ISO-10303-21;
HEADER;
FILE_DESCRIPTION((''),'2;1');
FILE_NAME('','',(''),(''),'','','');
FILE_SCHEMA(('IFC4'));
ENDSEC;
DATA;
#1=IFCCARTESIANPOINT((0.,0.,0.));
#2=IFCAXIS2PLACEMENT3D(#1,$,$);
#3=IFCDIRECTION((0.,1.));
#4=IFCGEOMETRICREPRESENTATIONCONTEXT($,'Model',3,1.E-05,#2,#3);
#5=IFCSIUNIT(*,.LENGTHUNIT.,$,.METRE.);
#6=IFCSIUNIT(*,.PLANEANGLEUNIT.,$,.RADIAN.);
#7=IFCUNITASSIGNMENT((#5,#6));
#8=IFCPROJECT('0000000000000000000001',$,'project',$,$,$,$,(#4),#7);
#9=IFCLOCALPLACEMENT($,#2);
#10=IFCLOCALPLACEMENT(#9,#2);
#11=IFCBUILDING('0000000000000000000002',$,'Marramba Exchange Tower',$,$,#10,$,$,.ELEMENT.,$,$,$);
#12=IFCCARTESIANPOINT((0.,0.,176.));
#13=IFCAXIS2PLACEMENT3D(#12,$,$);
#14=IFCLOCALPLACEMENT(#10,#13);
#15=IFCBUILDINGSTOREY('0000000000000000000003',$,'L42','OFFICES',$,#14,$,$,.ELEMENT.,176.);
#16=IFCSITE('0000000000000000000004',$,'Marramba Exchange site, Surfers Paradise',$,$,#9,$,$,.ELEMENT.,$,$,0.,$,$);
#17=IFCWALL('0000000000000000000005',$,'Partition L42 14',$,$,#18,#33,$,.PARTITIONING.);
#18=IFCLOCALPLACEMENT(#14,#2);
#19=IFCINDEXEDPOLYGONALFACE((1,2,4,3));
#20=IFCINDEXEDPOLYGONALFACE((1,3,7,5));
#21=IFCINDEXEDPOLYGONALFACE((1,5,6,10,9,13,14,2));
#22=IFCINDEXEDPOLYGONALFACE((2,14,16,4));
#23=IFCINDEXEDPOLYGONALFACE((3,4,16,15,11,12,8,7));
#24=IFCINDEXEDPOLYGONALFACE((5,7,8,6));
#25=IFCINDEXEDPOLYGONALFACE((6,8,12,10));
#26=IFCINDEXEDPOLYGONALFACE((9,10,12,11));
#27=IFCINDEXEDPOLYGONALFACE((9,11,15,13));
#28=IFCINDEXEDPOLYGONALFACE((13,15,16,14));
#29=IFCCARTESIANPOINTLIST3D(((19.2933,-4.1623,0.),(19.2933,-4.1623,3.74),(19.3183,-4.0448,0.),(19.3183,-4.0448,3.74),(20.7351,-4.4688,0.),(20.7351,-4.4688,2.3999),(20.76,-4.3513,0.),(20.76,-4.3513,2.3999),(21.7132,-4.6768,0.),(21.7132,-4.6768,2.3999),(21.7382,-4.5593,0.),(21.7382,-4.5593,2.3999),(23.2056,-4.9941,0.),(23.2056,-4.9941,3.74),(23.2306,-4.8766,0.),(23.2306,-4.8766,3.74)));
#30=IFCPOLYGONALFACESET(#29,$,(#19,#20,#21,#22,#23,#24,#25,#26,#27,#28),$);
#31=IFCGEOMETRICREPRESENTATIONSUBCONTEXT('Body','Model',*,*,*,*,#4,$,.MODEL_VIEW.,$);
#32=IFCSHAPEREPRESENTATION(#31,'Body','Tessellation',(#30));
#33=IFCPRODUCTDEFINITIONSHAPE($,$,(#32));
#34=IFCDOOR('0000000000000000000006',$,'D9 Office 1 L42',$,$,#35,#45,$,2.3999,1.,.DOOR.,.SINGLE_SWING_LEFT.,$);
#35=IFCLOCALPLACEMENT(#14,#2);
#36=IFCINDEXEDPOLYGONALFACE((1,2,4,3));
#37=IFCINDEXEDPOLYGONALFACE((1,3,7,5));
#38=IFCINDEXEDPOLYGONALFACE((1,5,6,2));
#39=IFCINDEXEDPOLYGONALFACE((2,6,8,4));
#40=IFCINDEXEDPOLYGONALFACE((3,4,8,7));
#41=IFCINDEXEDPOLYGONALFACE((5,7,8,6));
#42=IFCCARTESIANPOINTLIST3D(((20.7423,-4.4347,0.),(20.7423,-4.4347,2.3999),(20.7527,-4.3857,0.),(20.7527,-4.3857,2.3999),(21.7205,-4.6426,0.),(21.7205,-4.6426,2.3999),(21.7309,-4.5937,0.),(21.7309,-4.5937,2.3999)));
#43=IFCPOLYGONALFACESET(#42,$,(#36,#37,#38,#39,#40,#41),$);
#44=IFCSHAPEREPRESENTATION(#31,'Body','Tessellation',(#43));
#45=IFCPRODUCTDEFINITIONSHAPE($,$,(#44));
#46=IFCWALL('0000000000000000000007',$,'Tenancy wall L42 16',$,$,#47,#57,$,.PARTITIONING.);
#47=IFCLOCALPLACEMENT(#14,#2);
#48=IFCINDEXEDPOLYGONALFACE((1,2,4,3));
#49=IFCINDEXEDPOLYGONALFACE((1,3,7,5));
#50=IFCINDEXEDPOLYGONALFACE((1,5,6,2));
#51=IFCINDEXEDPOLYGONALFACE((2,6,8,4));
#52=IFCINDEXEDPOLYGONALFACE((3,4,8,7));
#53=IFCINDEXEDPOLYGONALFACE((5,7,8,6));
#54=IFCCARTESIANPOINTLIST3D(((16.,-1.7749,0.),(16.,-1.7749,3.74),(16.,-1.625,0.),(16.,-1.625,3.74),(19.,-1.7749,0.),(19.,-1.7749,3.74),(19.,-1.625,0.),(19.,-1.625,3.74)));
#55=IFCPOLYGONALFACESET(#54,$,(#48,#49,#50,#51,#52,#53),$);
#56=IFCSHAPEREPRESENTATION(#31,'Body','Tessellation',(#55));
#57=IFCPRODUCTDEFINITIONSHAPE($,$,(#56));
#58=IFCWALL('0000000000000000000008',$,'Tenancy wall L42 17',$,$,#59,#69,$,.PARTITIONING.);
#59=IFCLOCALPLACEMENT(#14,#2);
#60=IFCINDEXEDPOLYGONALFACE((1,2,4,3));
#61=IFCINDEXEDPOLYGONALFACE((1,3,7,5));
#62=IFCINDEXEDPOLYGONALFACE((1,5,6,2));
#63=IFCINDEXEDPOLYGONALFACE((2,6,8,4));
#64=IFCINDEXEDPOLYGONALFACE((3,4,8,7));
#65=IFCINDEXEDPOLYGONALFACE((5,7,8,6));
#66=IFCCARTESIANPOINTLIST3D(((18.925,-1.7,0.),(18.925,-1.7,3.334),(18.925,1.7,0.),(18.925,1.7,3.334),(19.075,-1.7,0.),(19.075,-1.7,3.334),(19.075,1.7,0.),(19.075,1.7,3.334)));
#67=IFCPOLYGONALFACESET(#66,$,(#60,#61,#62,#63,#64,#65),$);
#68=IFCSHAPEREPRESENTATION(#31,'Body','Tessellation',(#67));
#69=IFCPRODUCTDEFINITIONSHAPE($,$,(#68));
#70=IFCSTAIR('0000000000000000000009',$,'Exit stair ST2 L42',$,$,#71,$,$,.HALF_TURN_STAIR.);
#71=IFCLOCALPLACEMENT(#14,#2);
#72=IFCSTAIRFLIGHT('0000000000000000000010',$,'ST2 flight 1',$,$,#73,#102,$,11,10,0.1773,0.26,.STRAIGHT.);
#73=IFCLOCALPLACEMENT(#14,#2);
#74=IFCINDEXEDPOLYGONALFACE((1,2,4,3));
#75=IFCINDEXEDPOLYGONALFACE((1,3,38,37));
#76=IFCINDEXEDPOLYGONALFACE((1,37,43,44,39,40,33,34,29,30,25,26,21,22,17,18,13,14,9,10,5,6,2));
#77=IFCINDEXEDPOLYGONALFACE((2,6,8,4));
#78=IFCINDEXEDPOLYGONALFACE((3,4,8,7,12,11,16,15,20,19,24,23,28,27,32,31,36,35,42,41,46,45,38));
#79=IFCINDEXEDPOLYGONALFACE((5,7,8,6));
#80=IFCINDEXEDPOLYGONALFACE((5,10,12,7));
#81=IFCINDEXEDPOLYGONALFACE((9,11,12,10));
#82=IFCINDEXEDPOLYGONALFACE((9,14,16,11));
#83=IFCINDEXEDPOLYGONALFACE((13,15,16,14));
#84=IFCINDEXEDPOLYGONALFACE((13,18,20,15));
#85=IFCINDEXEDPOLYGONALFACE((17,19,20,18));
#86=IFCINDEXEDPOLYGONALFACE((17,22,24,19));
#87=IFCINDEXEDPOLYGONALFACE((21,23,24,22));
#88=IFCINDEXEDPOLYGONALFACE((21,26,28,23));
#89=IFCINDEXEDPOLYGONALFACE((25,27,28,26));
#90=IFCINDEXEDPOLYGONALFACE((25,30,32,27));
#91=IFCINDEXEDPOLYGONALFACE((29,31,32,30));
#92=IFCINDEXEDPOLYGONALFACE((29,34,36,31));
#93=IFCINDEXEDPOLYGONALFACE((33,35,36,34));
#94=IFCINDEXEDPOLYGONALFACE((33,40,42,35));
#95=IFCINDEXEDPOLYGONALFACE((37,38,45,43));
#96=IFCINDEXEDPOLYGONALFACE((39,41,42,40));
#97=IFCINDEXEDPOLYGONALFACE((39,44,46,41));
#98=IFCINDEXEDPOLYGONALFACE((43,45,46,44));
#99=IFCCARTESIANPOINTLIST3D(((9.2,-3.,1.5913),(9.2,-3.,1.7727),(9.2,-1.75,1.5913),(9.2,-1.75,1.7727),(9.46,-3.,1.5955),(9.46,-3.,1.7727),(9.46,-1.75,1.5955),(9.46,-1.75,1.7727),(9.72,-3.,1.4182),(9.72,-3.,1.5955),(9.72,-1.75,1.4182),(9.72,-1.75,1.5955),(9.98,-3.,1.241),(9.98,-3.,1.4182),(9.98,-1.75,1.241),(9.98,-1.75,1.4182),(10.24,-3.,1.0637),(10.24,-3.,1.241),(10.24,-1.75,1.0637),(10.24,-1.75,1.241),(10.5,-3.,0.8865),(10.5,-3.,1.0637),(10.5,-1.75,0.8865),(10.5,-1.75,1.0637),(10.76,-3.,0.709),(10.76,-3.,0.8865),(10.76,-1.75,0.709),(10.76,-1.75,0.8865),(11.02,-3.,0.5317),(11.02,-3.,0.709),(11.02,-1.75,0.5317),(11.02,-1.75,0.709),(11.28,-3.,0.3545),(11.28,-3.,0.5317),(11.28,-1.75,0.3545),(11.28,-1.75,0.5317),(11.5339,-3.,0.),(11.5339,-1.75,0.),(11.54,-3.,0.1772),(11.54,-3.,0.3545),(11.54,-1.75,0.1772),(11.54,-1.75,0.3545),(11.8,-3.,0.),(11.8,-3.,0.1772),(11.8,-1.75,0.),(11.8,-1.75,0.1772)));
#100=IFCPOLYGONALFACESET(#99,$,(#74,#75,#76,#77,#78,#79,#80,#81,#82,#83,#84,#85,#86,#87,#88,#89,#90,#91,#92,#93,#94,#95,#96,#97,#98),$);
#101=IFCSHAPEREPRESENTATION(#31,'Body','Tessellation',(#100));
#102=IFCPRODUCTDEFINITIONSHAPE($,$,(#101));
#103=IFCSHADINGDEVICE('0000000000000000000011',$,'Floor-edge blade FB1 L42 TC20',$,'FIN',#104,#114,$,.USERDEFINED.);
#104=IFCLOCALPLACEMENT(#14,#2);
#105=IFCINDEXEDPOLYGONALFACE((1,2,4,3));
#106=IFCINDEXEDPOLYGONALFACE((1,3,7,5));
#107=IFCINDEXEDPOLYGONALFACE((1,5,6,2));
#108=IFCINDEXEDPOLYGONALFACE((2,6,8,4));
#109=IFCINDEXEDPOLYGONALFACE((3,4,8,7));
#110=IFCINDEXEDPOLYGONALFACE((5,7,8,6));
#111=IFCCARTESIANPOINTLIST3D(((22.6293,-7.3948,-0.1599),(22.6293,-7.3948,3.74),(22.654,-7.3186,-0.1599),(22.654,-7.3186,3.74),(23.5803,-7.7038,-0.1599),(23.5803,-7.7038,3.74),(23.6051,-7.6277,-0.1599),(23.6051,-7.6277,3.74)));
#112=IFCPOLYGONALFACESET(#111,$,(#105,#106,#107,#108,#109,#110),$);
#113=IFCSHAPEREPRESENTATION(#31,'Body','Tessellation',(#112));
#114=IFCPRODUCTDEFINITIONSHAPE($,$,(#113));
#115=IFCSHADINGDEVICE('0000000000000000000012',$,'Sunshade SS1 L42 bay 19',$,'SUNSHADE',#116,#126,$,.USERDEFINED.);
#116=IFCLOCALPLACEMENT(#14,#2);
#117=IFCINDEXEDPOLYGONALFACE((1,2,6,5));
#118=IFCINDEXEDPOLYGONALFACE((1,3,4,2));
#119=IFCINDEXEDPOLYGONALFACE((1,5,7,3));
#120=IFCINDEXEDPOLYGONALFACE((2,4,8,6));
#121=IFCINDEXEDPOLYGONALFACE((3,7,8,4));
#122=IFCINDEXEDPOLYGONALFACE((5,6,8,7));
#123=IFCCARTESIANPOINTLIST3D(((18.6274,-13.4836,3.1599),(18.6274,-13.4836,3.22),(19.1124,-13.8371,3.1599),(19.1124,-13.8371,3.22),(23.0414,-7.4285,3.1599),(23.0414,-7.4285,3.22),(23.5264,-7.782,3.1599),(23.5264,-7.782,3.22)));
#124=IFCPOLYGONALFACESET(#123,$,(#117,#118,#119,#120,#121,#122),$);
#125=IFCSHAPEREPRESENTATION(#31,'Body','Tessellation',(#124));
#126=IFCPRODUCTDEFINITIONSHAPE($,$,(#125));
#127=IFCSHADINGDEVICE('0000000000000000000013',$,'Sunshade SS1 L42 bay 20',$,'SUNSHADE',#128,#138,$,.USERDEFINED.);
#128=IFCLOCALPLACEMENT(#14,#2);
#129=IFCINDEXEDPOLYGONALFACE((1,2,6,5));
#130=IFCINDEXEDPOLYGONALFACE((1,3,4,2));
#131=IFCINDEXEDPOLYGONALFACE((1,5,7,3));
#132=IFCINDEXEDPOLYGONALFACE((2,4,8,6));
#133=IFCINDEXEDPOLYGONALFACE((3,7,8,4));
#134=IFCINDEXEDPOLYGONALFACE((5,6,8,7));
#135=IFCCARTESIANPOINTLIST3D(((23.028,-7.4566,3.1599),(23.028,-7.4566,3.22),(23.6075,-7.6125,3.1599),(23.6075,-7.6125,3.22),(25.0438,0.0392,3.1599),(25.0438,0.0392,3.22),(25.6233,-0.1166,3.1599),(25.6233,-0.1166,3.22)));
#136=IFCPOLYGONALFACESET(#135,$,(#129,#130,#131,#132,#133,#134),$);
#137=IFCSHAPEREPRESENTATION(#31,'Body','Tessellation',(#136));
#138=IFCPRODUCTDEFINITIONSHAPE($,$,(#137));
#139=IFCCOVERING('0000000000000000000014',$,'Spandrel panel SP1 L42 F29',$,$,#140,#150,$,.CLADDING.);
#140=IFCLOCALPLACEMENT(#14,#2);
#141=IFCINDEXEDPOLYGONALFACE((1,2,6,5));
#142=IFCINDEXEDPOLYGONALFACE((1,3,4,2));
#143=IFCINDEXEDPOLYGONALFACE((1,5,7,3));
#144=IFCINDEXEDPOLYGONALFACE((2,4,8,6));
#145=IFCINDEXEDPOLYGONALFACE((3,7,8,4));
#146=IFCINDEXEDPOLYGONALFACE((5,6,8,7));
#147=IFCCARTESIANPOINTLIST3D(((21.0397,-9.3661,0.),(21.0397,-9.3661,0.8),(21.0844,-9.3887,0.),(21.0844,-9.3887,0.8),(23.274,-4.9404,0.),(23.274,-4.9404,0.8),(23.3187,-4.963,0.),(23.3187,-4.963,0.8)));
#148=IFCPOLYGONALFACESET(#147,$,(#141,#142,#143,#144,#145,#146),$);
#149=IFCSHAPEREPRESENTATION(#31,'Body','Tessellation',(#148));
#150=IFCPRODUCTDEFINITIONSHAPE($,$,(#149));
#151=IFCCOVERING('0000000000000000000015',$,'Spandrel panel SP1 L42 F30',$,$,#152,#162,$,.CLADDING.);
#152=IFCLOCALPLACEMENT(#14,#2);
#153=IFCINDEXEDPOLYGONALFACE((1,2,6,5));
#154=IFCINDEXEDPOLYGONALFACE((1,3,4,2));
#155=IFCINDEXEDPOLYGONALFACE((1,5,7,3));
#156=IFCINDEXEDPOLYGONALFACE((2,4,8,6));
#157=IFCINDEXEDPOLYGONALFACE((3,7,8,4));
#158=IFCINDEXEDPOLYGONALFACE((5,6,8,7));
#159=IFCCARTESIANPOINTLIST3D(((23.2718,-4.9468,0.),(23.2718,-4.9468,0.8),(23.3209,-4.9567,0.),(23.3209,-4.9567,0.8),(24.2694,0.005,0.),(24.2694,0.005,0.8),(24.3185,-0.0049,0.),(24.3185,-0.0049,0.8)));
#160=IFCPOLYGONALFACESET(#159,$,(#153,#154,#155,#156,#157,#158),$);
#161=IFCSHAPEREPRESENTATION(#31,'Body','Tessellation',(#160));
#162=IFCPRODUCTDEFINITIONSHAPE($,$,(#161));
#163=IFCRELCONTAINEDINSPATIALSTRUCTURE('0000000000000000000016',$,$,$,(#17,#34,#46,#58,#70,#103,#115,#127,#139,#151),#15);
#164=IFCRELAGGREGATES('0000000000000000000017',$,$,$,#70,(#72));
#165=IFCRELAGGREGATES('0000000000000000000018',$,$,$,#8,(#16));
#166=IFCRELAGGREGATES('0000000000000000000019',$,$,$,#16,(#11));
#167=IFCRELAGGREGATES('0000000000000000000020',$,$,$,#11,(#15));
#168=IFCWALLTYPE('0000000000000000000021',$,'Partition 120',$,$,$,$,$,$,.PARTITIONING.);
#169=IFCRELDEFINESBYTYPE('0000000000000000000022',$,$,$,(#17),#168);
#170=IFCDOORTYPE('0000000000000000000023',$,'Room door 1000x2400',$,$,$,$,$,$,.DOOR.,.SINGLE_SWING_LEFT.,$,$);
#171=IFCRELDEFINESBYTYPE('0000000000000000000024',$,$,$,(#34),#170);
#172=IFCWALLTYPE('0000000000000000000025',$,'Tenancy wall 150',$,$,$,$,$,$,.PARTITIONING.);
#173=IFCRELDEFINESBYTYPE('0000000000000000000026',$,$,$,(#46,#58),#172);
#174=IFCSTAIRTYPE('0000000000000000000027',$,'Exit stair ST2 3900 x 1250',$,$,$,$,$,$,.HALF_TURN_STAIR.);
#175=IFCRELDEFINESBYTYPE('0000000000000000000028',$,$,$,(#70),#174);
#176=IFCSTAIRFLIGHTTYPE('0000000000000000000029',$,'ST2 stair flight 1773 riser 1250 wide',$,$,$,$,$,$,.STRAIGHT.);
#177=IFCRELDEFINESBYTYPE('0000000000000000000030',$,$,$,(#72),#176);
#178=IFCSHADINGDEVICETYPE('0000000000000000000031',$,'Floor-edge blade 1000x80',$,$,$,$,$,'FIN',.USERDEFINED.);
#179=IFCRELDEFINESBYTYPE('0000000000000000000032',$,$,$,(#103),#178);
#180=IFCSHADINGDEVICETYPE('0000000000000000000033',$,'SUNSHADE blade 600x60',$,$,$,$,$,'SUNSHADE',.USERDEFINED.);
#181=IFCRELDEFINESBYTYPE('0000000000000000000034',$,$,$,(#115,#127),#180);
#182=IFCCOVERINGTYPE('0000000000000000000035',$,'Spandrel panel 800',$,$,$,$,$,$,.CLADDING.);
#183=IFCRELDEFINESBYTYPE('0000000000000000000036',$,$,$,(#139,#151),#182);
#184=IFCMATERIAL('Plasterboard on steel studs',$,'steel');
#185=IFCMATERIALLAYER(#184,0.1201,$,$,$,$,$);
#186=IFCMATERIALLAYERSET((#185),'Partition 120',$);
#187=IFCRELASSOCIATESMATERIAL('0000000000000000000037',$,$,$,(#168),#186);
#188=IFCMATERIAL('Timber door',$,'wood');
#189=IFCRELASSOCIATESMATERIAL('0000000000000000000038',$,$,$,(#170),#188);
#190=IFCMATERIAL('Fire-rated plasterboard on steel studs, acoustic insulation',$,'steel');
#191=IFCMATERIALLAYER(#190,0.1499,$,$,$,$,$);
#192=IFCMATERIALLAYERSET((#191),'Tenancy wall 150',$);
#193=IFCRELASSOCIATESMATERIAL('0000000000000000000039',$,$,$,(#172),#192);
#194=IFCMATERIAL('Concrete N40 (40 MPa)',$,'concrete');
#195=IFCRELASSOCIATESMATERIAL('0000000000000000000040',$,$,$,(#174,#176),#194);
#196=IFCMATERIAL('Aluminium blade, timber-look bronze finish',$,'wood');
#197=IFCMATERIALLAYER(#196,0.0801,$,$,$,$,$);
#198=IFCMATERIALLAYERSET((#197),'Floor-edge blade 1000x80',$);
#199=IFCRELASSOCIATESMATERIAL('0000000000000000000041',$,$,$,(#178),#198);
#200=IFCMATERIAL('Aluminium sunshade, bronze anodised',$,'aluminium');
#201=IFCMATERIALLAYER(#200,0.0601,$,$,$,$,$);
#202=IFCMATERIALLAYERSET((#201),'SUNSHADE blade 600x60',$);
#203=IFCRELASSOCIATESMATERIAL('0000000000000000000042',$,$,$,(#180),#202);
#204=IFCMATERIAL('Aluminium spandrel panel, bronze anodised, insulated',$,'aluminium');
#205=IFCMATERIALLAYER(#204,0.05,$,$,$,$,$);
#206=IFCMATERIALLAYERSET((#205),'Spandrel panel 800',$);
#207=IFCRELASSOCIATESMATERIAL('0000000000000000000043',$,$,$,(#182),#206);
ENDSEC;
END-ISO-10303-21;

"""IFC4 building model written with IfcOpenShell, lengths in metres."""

from ifc_helpers import new_model, si_unit, direction, frame, frame_2d, origin, origin_2d, place, context, subcontext, project, spatial, polyline, rectangle, outline, extrude, material, layer, layer_set, type_object, element, fill, aggregate, save


model = new_model("IFC4")

# Units and contexts
model_context = context("Model", 3, precision=1e-05, world=origin(), true_north=direction((0.0, 1.0)))
body_context = subcontext(model_context, "Body", "Model", "MODEL_VIEW")
ifc_project = project(units=[si_unit("LENGTHUNIT", "METRE"), si_unit("PLANEANGLEUNIT", "RADIAN")], contexts=[model_context])

# Site, building, storey
site_placement = place(None, origin())
site = spatial("IfcSite", under=ifc_project, at=site_placement, Name="Marramba Exchange site, Surfers Paradise", CompositionType="ELEMENT", RefElevation=0.0)
building_placement = place(site_placement, origin())
building = spatial("IfcBuilding", under=site, at=building_placement, Name="Marramba Exchange Tower", CompositionType="ELEMENT")
storey_placement = place(building_placement, frame((0.0, 0.0, 176.0)))
storey = spatial("IfcBuildingStorey", under=building, at=storey_placement, Name="L42", Description="OFFICES", CompositionType="ELEMENT", Elevation=176.0)

# Wall, opening, door
ifc_material_1 = material(Name="Plasterboard on steel studs", Category="steel")
ifc_layer_1 = layer(ifc_material_1, 0.1201)
ifc_layer_set_1 = layer_set([ifc_layer_1], Name="Partition 120")
wall_type_1 = type_object("IfcWallType", Name="Partition 120", PredefinedType="PARTITIONING", material=ifc_layer_set_1)
wall_1_placement = place(storey_placement, frame((19.3057, -4.1035, 0.0), z_axis=(0.0, 0.0, 1.0), x_axis=(0.978138, -0.207957, 0.0)))
wall_1 = element("IfcWall", 1, at=wall_1_placement, inside=storey, type_object=wall_type_1, Name="Partition L42 14", PredefinedType="PARTITIONING", context=body_context, shape_type="SweptSolid", body=[
    extrude(rectangle(XDim=3.9998, YDim=0.1201, at=frame_2d((2.0, 0.0))), origin(), (0.0, 0.0, 1.0), 3.74),
])
opening_1_placement = place(wall_1_placement, frame((1.4741, 0.0, 0.0)))
opening_1 = element("IfcOpeningElement", 2, at=opening_1_placement, cuts=wall_1, PredefinedType="OPENING", context=body_context, shape_type="SweptSolid", body=[
    extrude(rectangle(XDim=1.0, YDim=2.3999, at=frame_2d((0.5, 1.2))), frame((0.0, 0.0701, 0.0), z_axis=(0.0, -1.0, 0.0), x_axis=(1.0, 0.0, 0.0)), (0.0, 0.0, 1.0), 0.1401),
])
ifc_material_2 = material(Name="Timber door", Category="wood")
door_type_1 = type_object("IfcDoorType", Name="Room door 1000x2400", OperationType="SINGLE_SWING_LEFT", PredefinedType="DOOR", material=ifc_material_2)
door_1_placement = place(opening_1_placement, origin())
door_1 = element("IfcDoor", 3, at=door_1_placement, inside=storey, type_object=door_type_1, Name="D9 Office 1 L42", OperationType="SINGLE_SWING_LEFT", OverallHeight=2.3999, OverallWidth=1.0, PredefinedType="DOOR", context=body_context, shape_type="SweptSolid", body=[
    extrude(rectangle(XDim=1.0, YDim=2.3999, at=frame_2d((0.5, 1.2))), frame((0.0, 0.0249, 0.0), z_axis=(0.0, -1.0, 0.0), x_axis=(1.0, 0.0, 0.0)), (0.0, 0.0, 1.0), 0.05),
])
fill(opening_1, door_1)

# Walls
ifc_material_3 = material(Name="Fire-rated plasterboard on steel studs, acoustic insulation", Category="steel")
ifc_layer_2 = layer(ifc_material_3, 0.1499)
ifc_layer_set_2 = layer_set([ifc_layer_2], Name="Tenancy wall 150")
wall_type_2 = type_object("IfcWallType", Name="Tenancy wall 150", PredefinedType="PARTITIONING", material=ifc_layer_set_2)
wall_2_placement = place(storey_placement, frame((16.0, -1.7, 0.0), z_axis=(0.0, 0.0, 1.0), x_axis=(1.0, 0.0, 0.0)))
element("IfcWall", 4, at=wall_2_placement, inside=storey, type_object=wall_type_2, Name="Tenancy wall L42 16", PredefinedType="PARTITIONING", context=body_context, shape_type="SweptSolid", body=[
    extrude(rectangle(XDim=3.0, YDim=0.1499, at=frame_2d((1.5, 0.0))), origin(), (0.0, 0.0, 1.0), 3.74),
])
wall_3_placement = place(storey_placement, frame((19.0, -1.7, 0.0), z_axis=(0.0, 0.0, 1.0), x_axis=(0.0, 1.0, 0.0)))
element("IfcWall", 5, at=wall_3_placement, inside=storey, type_object=wall_type_2, Name="Tenancy wall L42 17", PredefinedType="PARTITIONING", context=body_context, shape_type="SweptSolid", body=[
    extrude(rectangle(XDim=3.3999, YDim=0.1499, at=frame_2d((1.7, 0.0))), origin(), (0.0, 0.0, 1.0), 3.334),
])

# Stair, stair flight
ifc_material_4 = material(Name="Concrete N40 (40 MPa)", Category="concrete")
stair_type = type_object("IfcStairType", Name="Exit stair ST2 3900 x 1250", PredefinedType="HALF_TURN_STAIR", material=ifc_material_4)
stair_placement = place(storey_placement, origin())
stair = element("IfcStair", 6, at=stair_placement, inside=storey, type_object=stair_type, Name="Exit stair ST2 L42", PredefinedType="HALF_TURN_STAIR")
stair_flight_type = type_object("IfcStairFlightType", Name="ST2 stair flight 1773 riser 1250 wide", PredefinedType="STRAIGHT", material=ifc_material_4)
stair_flight_placement = place(storey_placement, frame((11.8, -2.375, 0.0), z_axis=(0.0, 0.0, 1.0), x_axis=(-1.0, 0.0, 0.0)))
stair_flight = element("IfcStairFlight", 7, at=stair_flight_placement, type_object=stair_flight_type, Name="ST2 flight 1", NumberOfRisers=11, NumberOfTreads=10, PredefinedType="STRAIGHT", RiserHeight=0.1773, TreadLength=0.26, context=body_context, shape_type="SweptSolid", body=[
    extrude(outline(polyline([(0.0, 0.0), (0.0, 0.1772), (0.26, 0.1772), (0.26, 0.3545), (0.52, 0.3545), (0.52, 0.5317), (0.78, 0.5317), (0.78, 0.709), (1.04, 0.709), (1.04, 0.8865), (1.3, 0.8865), (1.3, 1.0637), (1.5601, 1.0637), (1.5601, 1.241), (1.8201, 1.241), (1.8201, 1.4182), (2.0801, 1.4182), (2.0801, 1.5955), (2.3401, 1.5955), (2.3401, 1.7727), (2.6001, 1.7727), (2.6001, 1.95), (2.6001, 1.5913), (0.2661, 0.0), (0.0, 0.0)])), frame((0.0, 0.625, 0.0), z_axis=(0.0, -1.0, 0.0), x_axis=(1.0, 0.0, 0.0)), (0.0, 0.0, 1.0), 1.25),
])
aggregate(stair, [stair_flight])

# Shading devices
ifc_material_5 = material(Name="Aluminium blade, timber-look bronze finish", Category="wood")
ifc_layer_3 = layer(ifc_material_5, 0.0801)
ifc_layer_set_3 = layer_set([ifc_layer_3], Name="Floor-edge blade 1000x80")
shading_device_type_1 = type_object("IfcShadingDeviceType", Name="Floor-edge blade 1000x80", ElementType="FIN", PredefinedType="USERDEFINED", material=ifc_layer_set_3)
shading_device_1_placement = place(storey_placement, frame((23.1172, -7.5112, -0.1599), z_axis=(0.0, 0.0, 1.0), x_axis=(0.951057, -0.309017, 0.0)))
element("IfcShadingDevice", 8, at=shading_device_1_placement, inside=storey, type_object=shading_device_type_1, Name="Floor-edge blade FB1 L42 TC20", ObjectType="FIN", PredefinedType="USERDEFINED", context=body_context, shape_type="SweptSolid", body=[
    extrude(rectangle(XDim=1.0, YDim=0.0801, at=origin_2d()), origin(), (0.0, 0.0, 1.0), 3.8999),
])
ifc_material_6 = material(Name="Aluminium sunshade, bronze anodised", Category="aluminium")
ifc_layer_4 = layer(ifc_material_6, 0.0601)
ifc_layer_set_4 = layer_set([ifc_layer_4], Name="SUNSHADE blade 600x60")
shading_device_type_2 = type_object("IfcShadingDeviceType", Name="SUNSHADE blade 600x60", ElementType="SUNSHADE", PredefinedType="USERDEFINED", material=ifc_layer_set_4)
shading_device_2_placement = place(storey_placement, frame((21.0769, -10.6328, 3.1599), z_axis=(0.0, 0.0, 1.0), x_axis=(0.589072, 0.808081, 0.0)))
element("IfcShadingDevice", 9, at=shading_device_2_placement, inside=storey, type_object=shading_device_type_2, Name="Sunshade SS1 L42 bay 19", ObjectType="SUNSHADE", PredefinedType="USERDEFINED", context=body_context, shape_type="SweptSolid", body=[
    extrude(rectangle(XDim=7.4932, YDim=0.6001, at=origin_2d()), origin(), (0.0, 0.0, 1.0), 0.0601),
])
shading_device_3_placement = place(storey_placement, frame((24.3257, -3.7866, 3.1599), z_axis=(0.0, 0.0, 1.0), x_axis=(0.259692, 0.965691, 0.0)))
element("IfcShadingDevice", 10, at=shading_device_3_placement, inside=storey, type_object=shading_device_type_2, Name="Sunshade SS1 L42 bay 20", ObjectType="SUNSHADE", PredefinedType="USERDEFINED", context=body_context, shape_type="SweptSolid", body=[
    extrude(rectangle(XDim=7.7622, YDim=0.6001, at=origin_2d()), origin(), (0.0, 0.0, 1.0), 0.0601),
])

# Coverings
ifc_material_7 = material(Name="Aluminium spandrel panel, bronze anodised, insulated", Category="aluminium")
ifc_layer_5 = layer(ifc_material_7, 0.05)
ifc_layer_set_5 = layer_set([ifc_layer_5], Name="Spandrel panel 800")
covering_type = type_object("IfcCoveringType", Name="Spandrel panel 800", PredefinedType="CLADDING", material=ifc_layer_set_5)
covering_1_placement = place(storey_placement, frame((22.1792, -7.1646, 0.0), z_axis=(0.0, 0.0, 1.0), x_axis=(0.450673, 0.892689, 0.0)))
element("IfcCovering", 11, at=covering_1_placement, inside=storey, type_object=covering_type, Name="Spandrel panel SP1 L42 F29", PredefinedType="CLADDING", context=body_context, shape_type="SweptSolid", body=[
    extrude(rectangle(XDim=4.9578, YDim=0.05, at=origin_2d()), origin(), (0.0, 0.0, 1.0), 0.8),
])
covering_2_placement = place(storey_placement, frame((23.7952, -2.4758, 0.0), z_axis=(0.0, 0.0, 1.0), x_axis=(0.197495, 0.980304, 0.0)))
element("IfcCovering", 12, at=covering_2_placement, inside=storey, type_object=covering_type, Name="Spandrel panel SP1 L42 F30", PredefinedType="CLADDING", context=body_context, shape_type="SweptSolid", body=[
    extrude(rectangle(XDim=5.0513, YDim=0.05, at=origin_2d()), origin(), (0.0, 0.0, 1.0), 0.8),
])

save(model, "model.ifc")
